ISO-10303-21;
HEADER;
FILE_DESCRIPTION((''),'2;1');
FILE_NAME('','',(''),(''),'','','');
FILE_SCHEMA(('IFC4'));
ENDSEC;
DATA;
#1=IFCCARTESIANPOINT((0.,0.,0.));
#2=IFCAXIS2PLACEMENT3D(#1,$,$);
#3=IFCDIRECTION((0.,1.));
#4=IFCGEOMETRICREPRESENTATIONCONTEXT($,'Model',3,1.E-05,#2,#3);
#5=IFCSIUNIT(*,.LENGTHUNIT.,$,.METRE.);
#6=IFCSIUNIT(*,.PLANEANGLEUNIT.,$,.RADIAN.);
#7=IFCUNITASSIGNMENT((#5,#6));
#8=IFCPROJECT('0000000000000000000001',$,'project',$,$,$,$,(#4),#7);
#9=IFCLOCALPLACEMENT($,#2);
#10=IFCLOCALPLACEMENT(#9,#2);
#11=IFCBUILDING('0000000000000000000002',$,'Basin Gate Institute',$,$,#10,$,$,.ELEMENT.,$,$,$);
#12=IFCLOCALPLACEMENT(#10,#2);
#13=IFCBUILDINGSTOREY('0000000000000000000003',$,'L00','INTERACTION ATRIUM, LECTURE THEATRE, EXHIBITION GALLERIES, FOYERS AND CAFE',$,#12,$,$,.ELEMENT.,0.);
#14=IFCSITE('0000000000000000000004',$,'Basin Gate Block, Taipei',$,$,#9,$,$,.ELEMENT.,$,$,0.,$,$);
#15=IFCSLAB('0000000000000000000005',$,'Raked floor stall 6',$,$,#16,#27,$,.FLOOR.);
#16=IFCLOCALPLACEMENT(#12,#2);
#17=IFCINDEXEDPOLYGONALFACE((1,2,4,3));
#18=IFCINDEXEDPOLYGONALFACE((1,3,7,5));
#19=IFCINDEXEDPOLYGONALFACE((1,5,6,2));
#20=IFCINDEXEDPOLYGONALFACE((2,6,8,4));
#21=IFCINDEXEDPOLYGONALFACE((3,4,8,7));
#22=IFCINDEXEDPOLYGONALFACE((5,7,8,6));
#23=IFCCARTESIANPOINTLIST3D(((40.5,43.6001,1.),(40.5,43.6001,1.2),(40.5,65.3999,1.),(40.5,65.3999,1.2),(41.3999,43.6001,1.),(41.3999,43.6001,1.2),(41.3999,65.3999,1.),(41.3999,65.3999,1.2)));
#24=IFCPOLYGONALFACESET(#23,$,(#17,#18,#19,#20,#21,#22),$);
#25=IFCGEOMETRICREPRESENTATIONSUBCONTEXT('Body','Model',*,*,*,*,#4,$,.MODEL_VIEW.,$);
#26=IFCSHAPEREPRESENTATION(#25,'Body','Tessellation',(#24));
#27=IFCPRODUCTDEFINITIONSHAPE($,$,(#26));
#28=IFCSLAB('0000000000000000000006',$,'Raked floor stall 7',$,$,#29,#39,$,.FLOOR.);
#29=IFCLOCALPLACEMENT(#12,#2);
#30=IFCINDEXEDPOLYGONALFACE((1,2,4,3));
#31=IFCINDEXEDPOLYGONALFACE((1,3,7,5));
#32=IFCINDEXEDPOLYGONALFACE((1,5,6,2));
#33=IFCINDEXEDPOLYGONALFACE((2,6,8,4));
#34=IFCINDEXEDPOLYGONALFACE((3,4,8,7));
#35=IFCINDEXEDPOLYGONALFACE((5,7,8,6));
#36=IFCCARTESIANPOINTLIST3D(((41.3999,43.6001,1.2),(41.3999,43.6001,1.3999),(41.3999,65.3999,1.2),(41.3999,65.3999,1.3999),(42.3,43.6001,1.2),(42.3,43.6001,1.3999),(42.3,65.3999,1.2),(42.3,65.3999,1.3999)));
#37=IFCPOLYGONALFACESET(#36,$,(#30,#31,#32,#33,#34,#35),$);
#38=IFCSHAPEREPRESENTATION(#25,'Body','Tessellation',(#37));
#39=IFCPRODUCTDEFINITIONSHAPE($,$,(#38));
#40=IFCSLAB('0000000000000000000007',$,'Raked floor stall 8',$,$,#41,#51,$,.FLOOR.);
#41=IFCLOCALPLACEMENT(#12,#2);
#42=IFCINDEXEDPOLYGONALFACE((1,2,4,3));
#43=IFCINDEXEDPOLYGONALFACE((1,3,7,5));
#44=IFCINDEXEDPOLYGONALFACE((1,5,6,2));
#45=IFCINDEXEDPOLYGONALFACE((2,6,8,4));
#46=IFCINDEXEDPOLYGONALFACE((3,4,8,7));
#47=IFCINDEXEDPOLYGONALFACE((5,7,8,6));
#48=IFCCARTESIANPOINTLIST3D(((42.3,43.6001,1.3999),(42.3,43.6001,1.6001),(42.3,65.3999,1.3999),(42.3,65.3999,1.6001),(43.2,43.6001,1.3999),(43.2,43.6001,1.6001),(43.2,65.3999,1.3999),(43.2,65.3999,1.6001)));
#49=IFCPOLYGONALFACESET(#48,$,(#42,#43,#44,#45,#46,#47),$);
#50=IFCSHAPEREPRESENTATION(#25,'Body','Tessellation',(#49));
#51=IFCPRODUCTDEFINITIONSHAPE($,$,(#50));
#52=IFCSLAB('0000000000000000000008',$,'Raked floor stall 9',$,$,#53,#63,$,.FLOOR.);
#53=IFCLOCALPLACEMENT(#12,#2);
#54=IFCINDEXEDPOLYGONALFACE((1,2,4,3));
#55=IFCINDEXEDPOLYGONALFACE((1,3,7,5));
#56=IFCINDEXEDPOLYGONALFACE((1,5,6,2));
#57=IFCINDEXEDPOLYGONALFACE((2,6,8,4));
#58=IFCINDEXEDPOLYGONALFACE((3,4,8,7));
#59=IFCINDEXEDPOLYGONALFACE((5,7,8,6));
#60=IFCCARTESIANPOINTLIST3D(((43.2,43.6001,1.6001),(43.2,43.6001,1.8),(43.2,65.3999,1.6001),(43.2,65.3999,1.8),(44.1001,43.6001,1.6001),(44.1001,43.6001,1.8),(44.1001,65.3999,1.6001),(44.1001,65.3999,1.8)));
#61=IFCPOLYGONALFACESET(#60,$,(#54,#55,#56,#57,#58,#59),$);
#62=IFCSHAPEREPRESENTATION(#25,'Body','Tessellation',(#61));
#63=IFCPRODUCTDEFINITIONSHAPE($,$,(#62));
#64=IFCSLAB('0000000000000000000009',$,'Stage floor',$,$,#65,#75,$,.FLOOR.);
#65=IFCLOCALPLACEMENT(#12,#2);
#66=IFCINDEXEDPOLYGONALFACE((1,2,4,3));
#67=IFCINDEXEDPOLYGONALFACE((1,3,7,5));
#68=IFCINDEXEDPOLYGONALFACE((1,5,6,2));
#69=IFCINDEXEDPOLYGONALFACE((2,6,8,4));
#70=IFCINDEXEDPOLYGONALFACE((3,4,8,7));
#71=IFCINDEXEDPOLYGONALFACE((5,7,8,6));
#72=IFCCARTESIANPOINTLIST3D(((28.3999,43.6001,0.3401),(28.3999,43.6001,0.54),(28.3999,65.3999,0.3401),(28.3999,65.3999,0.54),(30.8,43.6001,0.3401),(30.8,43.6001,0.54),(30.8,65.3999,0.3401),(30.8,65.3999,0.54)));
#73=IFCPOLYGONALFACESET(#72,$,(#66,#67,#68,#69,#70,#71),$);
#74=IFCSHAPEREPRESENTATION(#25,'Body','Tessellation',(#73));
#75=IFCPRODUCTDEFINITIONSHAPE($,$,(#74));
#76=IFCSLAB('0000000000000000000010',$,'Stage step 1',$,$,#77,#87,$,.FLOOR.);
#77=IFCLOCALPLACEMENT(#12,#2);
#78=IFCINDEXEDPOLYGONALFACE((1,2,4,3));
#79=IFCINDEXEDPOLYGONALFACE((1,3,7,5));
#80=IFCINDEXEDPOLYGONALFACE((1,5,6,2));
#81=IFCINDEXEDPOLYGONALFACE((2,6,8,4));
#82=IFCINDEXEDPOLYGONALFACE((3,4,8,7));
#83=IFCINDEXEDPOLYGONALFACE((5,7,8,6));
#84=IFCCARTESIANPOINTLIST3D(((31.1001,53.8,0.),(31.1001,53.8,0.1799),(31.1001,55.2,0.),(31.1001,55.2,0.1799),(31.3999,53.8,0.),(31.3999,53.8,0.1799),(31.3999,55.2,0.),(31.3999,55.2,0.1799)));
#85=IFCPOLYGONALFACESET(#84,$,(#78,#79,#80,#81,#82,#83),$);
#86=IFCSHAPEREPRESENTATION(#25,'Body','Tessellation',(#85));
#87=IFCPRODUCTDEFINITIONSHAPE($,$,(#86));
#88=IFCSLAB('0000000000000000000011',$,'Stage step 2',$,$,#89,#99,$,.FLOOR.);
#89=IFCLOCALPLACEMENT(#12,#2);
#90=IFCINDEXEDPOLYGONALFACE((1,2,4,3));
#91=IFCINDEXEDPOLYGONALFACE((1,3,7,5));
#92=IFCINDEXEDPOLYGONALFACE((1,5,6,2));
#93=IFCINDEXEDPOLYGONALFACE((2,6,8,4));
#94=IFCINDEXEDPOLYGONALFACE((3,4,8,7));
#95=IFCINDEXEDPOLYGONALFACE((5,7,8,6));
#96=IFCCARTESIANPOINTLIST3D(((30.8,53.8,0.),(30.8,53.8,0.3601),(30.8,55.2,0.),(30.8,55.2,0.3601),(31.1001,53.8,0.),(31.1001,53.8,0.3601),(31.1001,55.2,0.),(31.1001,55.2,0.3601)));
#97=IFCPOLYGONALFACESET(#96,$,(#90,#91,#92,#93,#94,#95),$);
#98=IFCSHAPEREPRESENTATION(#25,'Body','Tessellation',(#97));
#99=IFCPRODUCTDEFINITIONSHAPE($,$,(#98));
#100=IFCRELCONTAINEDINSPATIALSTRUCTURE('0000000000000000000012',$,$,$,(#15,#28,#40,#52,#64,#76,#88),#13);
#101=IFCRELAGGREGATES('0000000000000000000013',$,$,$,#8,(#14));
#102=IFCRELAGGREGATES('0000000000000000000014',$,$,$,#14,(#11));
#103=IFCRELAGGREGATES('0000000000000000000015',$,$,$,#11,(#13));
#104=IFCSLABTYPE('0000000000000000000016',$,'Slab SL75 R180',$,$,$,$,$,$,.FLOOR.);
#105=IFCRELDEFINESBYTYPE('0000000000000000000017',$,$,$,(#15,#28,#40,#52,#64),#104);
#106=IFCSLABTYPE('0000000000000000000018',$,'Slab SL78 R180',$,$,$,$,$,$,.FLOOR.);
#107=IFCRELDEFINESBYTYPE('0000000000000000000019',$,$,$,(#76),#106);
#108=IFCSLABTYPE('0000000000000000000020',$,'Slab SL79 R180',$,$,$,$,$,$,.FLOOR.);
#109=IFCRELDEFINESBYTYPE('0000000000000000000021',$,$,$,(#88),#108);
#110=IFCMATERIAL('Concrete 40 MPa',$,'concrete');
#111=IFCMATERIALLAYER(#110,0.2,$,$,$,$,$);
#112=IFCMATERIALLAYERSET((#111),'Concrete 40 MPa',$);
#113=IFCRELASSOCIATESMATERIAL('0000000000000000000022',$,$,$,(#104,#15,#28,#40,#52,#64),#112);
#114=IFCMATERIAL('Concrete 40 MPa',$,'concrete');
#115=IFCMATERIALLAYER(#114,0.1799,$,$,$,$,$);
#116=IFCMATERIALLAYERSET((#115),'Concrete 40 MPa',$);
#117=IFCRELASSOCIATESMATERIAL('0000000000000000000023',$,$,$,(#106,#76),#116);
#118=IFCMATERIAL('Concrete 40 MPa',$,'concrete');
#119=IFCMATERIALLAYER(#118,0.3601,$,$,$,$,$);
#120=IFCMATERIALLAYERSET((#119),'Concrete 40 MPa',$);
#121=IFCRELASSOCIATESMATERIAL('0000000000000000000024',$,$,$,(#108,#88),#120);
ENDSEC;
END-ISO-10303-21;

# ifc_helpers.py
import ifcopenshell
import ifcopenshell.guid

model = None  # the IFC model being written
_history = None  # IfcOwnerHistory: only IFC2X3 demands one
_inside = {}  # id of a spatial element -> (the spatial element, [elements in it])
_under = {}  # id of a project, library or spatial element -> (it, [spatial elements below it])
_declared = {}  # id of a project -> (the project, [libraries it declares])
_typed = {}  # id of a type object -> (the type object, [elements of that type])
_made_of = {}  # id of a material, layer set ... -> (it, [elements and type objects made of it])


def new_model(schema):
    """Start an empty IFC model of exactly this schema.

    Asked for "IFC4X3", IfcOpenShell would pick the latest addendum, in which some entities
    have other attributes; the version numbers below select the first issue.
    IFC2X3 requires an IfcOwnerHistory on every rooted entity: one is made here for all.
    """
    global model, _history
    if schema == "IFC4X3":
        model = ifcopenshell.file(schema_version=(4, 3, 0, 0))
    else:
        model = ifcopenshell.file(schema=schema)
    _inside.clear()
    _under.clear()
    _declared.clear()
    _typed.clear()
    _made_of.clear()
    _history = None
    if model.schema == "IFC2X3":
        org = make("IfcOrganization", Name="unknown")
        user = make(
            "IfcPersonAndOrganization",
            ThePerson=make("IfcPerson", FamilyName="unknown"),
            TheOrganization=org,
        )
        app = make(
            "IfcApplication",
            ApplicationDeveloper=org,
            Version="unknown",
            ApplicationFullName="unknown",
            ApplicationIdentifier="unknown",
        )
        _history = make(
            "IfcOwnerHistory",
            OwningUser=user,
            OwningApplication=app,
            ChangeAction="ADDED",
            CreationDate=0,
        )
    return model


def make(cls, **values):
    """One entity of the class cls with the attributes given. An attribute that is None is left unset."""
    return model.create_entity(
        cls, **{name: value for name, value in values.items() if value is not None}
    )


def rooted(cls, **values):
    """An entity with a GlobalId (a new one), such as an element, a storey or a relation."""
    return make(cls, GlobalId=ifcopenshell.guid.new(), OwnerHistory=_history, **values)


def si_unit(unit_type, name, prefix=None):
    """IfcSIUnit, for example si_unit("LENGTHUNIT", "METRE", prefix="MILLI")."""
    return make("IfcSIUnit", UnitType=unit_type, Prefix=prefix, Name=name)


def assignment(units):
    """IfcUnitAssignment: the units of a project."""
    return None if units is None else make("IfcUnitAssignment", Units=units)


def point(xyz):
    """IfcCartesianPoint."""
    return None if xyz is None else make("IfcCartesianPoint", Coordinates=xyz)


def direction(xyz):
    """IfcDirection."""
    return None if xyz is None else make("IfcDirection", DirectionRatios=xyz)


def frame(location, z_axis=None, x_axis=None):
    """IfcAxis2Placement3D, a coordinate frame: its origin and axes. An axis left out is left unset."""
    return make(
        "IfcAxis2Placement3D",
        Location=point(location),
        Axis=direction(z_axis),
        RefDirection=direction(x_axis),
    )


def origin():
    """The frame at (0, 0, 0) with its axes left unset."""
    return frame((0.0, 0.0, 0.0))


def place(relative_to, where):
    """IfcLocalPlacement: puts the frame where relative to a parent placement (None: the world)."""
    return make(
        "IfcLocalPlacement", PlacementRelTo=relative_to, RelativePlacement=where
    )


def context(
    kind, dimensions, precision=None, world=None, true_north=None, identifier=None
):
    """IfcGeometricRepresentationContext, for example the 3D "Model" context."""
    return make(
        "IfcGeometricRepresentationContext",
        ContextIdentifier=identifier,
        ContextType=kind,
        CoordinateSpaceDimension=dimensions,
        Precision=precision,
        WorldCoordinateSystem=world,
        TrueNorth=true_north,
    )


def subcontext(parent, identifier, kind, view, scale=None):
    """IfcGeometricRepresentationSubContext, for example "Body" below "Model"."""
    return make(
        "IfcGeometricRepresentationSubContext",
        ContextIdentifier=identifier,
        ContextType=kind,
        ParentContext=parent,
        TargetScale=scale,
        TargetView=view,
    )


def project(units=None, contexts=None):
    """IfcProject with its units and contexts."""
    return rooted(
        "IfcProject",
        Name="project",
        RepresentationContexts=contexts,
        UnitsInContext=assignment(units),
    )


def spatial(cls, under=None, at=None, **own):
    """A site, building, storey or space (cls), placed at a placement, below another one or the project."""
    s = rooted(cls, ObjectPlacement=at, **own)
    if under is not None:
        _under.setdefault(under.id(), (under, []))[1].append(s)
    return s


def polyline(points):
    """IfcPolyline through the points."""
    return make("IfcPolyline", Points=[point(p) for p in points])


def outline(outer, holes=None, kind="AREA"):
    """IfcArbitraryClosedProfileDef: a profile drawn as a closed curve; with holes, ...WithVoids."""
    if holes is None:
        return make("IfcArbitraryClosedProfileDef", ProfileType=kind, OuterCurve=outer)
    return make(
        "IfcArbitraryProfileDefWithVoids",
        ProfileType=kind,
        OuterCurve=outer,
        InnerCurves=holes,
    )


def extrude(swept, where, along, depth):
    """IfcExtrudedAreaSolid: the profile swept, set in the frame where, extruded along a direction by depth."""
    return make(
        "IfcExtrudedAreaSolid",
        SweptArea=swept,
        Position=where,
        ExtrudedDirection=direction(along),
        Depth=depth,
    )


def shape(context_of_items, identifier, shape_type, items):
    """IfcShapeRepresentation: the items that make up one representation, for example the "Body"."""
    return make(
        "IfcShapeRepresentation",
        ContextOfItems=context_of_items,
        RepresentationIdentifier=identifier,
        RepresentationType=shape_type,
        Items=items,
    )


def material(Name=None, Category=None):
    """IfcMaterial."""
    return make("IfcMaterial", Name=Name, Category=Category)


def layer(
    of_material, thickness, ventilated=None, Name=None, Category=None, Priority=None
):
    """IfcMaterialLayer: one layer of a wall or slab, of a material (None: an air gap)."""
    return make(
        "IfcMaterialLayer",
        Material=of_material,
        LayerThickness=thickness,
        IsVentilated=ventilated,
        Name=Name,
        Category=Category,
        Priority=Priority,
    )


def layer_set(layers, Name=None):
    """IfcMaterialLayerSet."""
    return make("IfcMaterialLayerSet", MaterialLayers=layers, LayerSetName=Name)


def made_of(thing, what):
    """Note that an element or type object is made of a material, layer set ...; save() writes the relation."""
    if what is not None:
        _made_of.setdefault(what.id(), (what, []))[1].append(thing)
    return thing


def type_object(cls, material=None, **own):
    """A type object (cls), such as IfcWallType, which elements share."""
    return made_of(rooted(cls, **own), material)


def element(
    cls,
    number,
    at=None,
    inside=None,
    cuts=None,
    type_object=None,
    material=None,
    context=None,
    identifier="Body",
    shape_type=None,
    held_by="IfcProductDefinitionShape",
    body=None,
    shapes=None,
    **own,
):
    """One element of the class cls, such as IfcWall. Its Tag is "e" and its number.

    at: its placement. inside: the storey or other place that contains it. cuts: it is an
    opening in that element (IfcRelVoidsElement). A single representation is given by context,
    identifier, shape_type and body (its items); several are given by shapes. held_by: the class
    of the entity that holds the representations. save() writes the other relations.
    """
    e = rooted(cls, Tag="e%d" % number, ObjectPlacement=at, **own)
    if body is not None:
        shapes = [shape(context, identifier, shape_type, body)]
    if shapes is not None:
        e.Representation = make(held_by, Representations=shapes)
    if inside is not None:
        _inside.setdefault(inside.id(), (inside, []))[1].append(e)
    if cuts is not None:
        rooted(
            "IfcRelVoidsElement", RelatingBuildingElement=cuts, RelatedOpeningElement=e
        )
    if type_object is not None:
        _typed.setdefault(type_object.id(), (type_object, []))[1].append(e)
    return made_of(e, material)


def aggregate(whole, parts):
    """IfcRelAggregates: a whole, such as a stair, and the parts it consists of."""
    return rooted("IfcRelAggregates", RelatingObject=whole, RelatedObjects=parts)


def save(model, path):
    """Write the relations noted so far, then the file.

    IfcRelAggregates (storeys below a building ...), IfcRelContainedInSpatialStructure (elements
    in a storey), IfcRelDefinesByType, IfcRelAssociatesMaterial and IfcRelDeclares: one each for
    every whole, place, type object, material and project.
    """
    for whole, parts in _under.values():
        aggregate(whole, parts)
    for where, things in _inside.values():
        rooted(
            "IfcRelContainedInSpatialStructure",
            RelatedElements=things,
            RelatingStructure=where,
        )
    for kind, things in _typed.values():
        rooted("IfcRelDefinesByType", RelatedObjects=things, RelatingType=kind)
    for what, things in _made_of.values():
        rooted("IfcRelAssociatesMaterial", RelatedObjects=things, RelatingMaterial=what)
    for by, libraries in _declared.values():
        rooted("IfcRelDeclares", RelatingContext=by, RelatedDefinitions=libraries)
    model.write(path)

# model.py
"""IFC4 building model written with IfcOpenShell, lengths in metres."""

from ifc_helpers import new_model, si_unit, direction, frame, origin, place, context, subcontext, project, spatial, polyline, outline, extrude, material, layer, layer_set, type_object, element, save


model = new_model("IFC4")

# Units and contexts
model_context = context("Model", 3, precision=1e-05, world=origin(), true_north=direction((0.0, 1.0)))
body_context = subcontext(model_context, "Body", "Model", "MODEL_VIEW")
ifc_project = project(units=[si_unit("LENGTHUNIT", "METRE"), si_unit("PLANEANGLEUNIT", "RADIAN")], contexts=[model_context])

# Site, building, storey
site_placement = place(None, origin())
site = spatial("IfcSite", under=ifc_project, at=site_placement, Name="Basin Gate Block, Taipei", CompositionType="ELEMENT", RefElevation=0.0)
building_placement = place(site_placement, origin())
building = spatial("IfcBuilding", under=site, at=building_placement, Name="Basin Gate Institute", CompositionType="ELEMENT")
storey_placement = place(building_placement, origin())
storey = spatial("IfcBuildingStorey", under=building, at=storey_placement, Name="L00", Description="INTERACTION ATRIUM, LECTURE THEATRE, EXHIBITION GALLERIES, FOYERS AND CAFE", CompositionType="ELEMENT", Elevation=0.0)

# Slabs
ifc_material_1 = material(Name="Concrete 40 MPa", Category="concrete")
ifc_layer_1 = layer(ifc_material_1, 0.2)
ifc_layer_set_1 = layer_set([ifc_layer_1], Name="Concrete 40 MPa")
slab_type_1 = type_object("IfcSlabType", Name="Slab SL75 R180", PredefinedType="FLOOR", material=ifc_layer_set_1)
slab_1_placement = place(storey_placement, frame((0.0, 0.0, 1.0)))
element("IfcSlab", 1, at=slab_1_placement, inside=storey, type_object=slab_type_1, material=ifc_layer_set_1, Name="Raked floor stall 6", PredefinedType="FLOOR", context=body_context, shape_type="SweptSolid", body=[
    extrude(outline(polyline([(40.5, 43.6001), (41.3999, 43.6001), (41.3999, 65.3999), (40.5, 65.3999), (40.5, 43.6001)])), origin(), (0.0, 0.0, 1.0), 0.2),
])
slab_2_placement = place(storey_placement, frame((0.0, 0.0, 1.2)))
element("IfcSlab", 2, at=slab_2_placement, inside=storey, type_object=slab_type_1, material=ifc_layer_set_1, Name="Raked floor stall 7", PredefinedType="FLOOR", context=body_context, shape_type="SweptSolid", body=[
    extrude(outline(polyline([(41.3999, 43.6001), (42.3, 43.6001), (42.3, 65.3999), (41.3999, 65.3999), (41.3999, 43.6001)])), origin(), (0.0, 0.0, 1.0), 0.2),
])
slab_3_placement = place(storey_placement, frame((0.0, 0.0, 1.3999)))
element("IfcSlab", 3, at=slab_3_placement, inside=storey, type_object=slab_type_1, material=ifc_layer_set_1, Name="Raked floor stall 8", PredefinedType="FLOOR", context=body_context, shape_type="SweptSolid", body=[
    extrude(outline(polyline([(42.3, 43.6001), (43.2, 43.6001), (43.2, 65.3999), (42.3, 65.3999), (42.3, 43.6001)])), origin(), (0.0, 0.0, 1.0), 0.2002),
])
slab_4_placement = place(storey_placement, frame((0.0, 0.0, 1.6001)))
element("IfcSlab", 4, at=slab_4_placement, inside=storey, type_object=slab_type_1, material=ifc_layer_set_1, Name="Raked floor stall 9", PredefinedType="FLOOR", context=body_context, shape_type="SweptSolid", body=[
    extrude(outline(polyline([(43.2, 43.6001), (44.1001, 43.6001), (44.1001, 65.3999), (43.2, 65.3999), (43.2, 43.6001)])), origin(), (0.0, 0.0, 1.0), 0.2),
])
slab_5_placement = place(storey_placement, frame((0.0, 0.0, 0.3401)))
element("IfcSlab", 5, at=slab_5_placement, inside=storey, type_object=slab_type_1, material=ifc_layer_set_1, Name="Stage floor", PredefinedType="FLOOR", context=body_context, shape_type="SweptSolid", body=[
    extrude(outline(polyline([(28.3999, 43.6001), (30.8, 43.6001), (30.8, 65.3999), (28.3999, 65.3999), (28.3999, 43.6001)])), origin(), (0.0, 0.0, 1.0), 0.2),
])
ifc_material_2 = material(Name="Concrete 40 MPa", Category="concrete")
ifc_layer_2 = layer(ifc_material_2, 0.1799)
ifc_layer_set_2 = layer_set([ifc_layer_2], Name="Concrete 40 MPa")
slab_type_2 = type_object("IfcSlabType", Name="Slab SL78 R180", PredefinedType="FLOOR", material=ifc_layer_set_2)
slab_6_placement = place(storey_placement, origin())
element("IfcSlab", 6, at=slab_6_placement, inside=storey, type_object=slab_type_2, material=ifc_layer_set_2, Name="Stage step 1", PredefinedType="FLOOR", context=body_context, shape_type="SweptSolid", body=[
    extrude(outline(polyline([(31.1001, 53.8), (31.3999, 53.8), (31.3999, 55.2), (31.1001, 55.2), (31.1001, 53.8)])), origin(), (0.0, 0.0, 1.0), 0.1799),
])
ifc_material_3 = material(Name="Concrete 40 MPa", Category="concrete")
ifc_layer_3 = layer(ifc_material_3, 0.3601)
ifc_layer_set_3 = layer_set([ifc_layer_3], Name="Concrete 40 MPa")
slab_type_3 = type_object("IfcSlabType", Name="Slab SL79 R180", PredefinedType="FLOOR", material=ifc_layer_set_3)
slab_7_placement = place(storey_placement, origin())
element("IfcSlab", 7, at=slab_7_placement, inside=storey, type_object=slab_type_3, material=ifc_layer_set_3, Name="Stage step 2", PredefinedType="FLOOR", context=body_context, shape_type="SweptSolid", body=[
    extrude(outline(polyline([(30.8, 53.8), (31.1001, 53.8), (31.1001, 55.2), (30.8, 55.2), (30.8, 53.8)])), origin(), (0.0, 0.0, 1.0), 0.3601),
])

save(model, "model.ifc")
